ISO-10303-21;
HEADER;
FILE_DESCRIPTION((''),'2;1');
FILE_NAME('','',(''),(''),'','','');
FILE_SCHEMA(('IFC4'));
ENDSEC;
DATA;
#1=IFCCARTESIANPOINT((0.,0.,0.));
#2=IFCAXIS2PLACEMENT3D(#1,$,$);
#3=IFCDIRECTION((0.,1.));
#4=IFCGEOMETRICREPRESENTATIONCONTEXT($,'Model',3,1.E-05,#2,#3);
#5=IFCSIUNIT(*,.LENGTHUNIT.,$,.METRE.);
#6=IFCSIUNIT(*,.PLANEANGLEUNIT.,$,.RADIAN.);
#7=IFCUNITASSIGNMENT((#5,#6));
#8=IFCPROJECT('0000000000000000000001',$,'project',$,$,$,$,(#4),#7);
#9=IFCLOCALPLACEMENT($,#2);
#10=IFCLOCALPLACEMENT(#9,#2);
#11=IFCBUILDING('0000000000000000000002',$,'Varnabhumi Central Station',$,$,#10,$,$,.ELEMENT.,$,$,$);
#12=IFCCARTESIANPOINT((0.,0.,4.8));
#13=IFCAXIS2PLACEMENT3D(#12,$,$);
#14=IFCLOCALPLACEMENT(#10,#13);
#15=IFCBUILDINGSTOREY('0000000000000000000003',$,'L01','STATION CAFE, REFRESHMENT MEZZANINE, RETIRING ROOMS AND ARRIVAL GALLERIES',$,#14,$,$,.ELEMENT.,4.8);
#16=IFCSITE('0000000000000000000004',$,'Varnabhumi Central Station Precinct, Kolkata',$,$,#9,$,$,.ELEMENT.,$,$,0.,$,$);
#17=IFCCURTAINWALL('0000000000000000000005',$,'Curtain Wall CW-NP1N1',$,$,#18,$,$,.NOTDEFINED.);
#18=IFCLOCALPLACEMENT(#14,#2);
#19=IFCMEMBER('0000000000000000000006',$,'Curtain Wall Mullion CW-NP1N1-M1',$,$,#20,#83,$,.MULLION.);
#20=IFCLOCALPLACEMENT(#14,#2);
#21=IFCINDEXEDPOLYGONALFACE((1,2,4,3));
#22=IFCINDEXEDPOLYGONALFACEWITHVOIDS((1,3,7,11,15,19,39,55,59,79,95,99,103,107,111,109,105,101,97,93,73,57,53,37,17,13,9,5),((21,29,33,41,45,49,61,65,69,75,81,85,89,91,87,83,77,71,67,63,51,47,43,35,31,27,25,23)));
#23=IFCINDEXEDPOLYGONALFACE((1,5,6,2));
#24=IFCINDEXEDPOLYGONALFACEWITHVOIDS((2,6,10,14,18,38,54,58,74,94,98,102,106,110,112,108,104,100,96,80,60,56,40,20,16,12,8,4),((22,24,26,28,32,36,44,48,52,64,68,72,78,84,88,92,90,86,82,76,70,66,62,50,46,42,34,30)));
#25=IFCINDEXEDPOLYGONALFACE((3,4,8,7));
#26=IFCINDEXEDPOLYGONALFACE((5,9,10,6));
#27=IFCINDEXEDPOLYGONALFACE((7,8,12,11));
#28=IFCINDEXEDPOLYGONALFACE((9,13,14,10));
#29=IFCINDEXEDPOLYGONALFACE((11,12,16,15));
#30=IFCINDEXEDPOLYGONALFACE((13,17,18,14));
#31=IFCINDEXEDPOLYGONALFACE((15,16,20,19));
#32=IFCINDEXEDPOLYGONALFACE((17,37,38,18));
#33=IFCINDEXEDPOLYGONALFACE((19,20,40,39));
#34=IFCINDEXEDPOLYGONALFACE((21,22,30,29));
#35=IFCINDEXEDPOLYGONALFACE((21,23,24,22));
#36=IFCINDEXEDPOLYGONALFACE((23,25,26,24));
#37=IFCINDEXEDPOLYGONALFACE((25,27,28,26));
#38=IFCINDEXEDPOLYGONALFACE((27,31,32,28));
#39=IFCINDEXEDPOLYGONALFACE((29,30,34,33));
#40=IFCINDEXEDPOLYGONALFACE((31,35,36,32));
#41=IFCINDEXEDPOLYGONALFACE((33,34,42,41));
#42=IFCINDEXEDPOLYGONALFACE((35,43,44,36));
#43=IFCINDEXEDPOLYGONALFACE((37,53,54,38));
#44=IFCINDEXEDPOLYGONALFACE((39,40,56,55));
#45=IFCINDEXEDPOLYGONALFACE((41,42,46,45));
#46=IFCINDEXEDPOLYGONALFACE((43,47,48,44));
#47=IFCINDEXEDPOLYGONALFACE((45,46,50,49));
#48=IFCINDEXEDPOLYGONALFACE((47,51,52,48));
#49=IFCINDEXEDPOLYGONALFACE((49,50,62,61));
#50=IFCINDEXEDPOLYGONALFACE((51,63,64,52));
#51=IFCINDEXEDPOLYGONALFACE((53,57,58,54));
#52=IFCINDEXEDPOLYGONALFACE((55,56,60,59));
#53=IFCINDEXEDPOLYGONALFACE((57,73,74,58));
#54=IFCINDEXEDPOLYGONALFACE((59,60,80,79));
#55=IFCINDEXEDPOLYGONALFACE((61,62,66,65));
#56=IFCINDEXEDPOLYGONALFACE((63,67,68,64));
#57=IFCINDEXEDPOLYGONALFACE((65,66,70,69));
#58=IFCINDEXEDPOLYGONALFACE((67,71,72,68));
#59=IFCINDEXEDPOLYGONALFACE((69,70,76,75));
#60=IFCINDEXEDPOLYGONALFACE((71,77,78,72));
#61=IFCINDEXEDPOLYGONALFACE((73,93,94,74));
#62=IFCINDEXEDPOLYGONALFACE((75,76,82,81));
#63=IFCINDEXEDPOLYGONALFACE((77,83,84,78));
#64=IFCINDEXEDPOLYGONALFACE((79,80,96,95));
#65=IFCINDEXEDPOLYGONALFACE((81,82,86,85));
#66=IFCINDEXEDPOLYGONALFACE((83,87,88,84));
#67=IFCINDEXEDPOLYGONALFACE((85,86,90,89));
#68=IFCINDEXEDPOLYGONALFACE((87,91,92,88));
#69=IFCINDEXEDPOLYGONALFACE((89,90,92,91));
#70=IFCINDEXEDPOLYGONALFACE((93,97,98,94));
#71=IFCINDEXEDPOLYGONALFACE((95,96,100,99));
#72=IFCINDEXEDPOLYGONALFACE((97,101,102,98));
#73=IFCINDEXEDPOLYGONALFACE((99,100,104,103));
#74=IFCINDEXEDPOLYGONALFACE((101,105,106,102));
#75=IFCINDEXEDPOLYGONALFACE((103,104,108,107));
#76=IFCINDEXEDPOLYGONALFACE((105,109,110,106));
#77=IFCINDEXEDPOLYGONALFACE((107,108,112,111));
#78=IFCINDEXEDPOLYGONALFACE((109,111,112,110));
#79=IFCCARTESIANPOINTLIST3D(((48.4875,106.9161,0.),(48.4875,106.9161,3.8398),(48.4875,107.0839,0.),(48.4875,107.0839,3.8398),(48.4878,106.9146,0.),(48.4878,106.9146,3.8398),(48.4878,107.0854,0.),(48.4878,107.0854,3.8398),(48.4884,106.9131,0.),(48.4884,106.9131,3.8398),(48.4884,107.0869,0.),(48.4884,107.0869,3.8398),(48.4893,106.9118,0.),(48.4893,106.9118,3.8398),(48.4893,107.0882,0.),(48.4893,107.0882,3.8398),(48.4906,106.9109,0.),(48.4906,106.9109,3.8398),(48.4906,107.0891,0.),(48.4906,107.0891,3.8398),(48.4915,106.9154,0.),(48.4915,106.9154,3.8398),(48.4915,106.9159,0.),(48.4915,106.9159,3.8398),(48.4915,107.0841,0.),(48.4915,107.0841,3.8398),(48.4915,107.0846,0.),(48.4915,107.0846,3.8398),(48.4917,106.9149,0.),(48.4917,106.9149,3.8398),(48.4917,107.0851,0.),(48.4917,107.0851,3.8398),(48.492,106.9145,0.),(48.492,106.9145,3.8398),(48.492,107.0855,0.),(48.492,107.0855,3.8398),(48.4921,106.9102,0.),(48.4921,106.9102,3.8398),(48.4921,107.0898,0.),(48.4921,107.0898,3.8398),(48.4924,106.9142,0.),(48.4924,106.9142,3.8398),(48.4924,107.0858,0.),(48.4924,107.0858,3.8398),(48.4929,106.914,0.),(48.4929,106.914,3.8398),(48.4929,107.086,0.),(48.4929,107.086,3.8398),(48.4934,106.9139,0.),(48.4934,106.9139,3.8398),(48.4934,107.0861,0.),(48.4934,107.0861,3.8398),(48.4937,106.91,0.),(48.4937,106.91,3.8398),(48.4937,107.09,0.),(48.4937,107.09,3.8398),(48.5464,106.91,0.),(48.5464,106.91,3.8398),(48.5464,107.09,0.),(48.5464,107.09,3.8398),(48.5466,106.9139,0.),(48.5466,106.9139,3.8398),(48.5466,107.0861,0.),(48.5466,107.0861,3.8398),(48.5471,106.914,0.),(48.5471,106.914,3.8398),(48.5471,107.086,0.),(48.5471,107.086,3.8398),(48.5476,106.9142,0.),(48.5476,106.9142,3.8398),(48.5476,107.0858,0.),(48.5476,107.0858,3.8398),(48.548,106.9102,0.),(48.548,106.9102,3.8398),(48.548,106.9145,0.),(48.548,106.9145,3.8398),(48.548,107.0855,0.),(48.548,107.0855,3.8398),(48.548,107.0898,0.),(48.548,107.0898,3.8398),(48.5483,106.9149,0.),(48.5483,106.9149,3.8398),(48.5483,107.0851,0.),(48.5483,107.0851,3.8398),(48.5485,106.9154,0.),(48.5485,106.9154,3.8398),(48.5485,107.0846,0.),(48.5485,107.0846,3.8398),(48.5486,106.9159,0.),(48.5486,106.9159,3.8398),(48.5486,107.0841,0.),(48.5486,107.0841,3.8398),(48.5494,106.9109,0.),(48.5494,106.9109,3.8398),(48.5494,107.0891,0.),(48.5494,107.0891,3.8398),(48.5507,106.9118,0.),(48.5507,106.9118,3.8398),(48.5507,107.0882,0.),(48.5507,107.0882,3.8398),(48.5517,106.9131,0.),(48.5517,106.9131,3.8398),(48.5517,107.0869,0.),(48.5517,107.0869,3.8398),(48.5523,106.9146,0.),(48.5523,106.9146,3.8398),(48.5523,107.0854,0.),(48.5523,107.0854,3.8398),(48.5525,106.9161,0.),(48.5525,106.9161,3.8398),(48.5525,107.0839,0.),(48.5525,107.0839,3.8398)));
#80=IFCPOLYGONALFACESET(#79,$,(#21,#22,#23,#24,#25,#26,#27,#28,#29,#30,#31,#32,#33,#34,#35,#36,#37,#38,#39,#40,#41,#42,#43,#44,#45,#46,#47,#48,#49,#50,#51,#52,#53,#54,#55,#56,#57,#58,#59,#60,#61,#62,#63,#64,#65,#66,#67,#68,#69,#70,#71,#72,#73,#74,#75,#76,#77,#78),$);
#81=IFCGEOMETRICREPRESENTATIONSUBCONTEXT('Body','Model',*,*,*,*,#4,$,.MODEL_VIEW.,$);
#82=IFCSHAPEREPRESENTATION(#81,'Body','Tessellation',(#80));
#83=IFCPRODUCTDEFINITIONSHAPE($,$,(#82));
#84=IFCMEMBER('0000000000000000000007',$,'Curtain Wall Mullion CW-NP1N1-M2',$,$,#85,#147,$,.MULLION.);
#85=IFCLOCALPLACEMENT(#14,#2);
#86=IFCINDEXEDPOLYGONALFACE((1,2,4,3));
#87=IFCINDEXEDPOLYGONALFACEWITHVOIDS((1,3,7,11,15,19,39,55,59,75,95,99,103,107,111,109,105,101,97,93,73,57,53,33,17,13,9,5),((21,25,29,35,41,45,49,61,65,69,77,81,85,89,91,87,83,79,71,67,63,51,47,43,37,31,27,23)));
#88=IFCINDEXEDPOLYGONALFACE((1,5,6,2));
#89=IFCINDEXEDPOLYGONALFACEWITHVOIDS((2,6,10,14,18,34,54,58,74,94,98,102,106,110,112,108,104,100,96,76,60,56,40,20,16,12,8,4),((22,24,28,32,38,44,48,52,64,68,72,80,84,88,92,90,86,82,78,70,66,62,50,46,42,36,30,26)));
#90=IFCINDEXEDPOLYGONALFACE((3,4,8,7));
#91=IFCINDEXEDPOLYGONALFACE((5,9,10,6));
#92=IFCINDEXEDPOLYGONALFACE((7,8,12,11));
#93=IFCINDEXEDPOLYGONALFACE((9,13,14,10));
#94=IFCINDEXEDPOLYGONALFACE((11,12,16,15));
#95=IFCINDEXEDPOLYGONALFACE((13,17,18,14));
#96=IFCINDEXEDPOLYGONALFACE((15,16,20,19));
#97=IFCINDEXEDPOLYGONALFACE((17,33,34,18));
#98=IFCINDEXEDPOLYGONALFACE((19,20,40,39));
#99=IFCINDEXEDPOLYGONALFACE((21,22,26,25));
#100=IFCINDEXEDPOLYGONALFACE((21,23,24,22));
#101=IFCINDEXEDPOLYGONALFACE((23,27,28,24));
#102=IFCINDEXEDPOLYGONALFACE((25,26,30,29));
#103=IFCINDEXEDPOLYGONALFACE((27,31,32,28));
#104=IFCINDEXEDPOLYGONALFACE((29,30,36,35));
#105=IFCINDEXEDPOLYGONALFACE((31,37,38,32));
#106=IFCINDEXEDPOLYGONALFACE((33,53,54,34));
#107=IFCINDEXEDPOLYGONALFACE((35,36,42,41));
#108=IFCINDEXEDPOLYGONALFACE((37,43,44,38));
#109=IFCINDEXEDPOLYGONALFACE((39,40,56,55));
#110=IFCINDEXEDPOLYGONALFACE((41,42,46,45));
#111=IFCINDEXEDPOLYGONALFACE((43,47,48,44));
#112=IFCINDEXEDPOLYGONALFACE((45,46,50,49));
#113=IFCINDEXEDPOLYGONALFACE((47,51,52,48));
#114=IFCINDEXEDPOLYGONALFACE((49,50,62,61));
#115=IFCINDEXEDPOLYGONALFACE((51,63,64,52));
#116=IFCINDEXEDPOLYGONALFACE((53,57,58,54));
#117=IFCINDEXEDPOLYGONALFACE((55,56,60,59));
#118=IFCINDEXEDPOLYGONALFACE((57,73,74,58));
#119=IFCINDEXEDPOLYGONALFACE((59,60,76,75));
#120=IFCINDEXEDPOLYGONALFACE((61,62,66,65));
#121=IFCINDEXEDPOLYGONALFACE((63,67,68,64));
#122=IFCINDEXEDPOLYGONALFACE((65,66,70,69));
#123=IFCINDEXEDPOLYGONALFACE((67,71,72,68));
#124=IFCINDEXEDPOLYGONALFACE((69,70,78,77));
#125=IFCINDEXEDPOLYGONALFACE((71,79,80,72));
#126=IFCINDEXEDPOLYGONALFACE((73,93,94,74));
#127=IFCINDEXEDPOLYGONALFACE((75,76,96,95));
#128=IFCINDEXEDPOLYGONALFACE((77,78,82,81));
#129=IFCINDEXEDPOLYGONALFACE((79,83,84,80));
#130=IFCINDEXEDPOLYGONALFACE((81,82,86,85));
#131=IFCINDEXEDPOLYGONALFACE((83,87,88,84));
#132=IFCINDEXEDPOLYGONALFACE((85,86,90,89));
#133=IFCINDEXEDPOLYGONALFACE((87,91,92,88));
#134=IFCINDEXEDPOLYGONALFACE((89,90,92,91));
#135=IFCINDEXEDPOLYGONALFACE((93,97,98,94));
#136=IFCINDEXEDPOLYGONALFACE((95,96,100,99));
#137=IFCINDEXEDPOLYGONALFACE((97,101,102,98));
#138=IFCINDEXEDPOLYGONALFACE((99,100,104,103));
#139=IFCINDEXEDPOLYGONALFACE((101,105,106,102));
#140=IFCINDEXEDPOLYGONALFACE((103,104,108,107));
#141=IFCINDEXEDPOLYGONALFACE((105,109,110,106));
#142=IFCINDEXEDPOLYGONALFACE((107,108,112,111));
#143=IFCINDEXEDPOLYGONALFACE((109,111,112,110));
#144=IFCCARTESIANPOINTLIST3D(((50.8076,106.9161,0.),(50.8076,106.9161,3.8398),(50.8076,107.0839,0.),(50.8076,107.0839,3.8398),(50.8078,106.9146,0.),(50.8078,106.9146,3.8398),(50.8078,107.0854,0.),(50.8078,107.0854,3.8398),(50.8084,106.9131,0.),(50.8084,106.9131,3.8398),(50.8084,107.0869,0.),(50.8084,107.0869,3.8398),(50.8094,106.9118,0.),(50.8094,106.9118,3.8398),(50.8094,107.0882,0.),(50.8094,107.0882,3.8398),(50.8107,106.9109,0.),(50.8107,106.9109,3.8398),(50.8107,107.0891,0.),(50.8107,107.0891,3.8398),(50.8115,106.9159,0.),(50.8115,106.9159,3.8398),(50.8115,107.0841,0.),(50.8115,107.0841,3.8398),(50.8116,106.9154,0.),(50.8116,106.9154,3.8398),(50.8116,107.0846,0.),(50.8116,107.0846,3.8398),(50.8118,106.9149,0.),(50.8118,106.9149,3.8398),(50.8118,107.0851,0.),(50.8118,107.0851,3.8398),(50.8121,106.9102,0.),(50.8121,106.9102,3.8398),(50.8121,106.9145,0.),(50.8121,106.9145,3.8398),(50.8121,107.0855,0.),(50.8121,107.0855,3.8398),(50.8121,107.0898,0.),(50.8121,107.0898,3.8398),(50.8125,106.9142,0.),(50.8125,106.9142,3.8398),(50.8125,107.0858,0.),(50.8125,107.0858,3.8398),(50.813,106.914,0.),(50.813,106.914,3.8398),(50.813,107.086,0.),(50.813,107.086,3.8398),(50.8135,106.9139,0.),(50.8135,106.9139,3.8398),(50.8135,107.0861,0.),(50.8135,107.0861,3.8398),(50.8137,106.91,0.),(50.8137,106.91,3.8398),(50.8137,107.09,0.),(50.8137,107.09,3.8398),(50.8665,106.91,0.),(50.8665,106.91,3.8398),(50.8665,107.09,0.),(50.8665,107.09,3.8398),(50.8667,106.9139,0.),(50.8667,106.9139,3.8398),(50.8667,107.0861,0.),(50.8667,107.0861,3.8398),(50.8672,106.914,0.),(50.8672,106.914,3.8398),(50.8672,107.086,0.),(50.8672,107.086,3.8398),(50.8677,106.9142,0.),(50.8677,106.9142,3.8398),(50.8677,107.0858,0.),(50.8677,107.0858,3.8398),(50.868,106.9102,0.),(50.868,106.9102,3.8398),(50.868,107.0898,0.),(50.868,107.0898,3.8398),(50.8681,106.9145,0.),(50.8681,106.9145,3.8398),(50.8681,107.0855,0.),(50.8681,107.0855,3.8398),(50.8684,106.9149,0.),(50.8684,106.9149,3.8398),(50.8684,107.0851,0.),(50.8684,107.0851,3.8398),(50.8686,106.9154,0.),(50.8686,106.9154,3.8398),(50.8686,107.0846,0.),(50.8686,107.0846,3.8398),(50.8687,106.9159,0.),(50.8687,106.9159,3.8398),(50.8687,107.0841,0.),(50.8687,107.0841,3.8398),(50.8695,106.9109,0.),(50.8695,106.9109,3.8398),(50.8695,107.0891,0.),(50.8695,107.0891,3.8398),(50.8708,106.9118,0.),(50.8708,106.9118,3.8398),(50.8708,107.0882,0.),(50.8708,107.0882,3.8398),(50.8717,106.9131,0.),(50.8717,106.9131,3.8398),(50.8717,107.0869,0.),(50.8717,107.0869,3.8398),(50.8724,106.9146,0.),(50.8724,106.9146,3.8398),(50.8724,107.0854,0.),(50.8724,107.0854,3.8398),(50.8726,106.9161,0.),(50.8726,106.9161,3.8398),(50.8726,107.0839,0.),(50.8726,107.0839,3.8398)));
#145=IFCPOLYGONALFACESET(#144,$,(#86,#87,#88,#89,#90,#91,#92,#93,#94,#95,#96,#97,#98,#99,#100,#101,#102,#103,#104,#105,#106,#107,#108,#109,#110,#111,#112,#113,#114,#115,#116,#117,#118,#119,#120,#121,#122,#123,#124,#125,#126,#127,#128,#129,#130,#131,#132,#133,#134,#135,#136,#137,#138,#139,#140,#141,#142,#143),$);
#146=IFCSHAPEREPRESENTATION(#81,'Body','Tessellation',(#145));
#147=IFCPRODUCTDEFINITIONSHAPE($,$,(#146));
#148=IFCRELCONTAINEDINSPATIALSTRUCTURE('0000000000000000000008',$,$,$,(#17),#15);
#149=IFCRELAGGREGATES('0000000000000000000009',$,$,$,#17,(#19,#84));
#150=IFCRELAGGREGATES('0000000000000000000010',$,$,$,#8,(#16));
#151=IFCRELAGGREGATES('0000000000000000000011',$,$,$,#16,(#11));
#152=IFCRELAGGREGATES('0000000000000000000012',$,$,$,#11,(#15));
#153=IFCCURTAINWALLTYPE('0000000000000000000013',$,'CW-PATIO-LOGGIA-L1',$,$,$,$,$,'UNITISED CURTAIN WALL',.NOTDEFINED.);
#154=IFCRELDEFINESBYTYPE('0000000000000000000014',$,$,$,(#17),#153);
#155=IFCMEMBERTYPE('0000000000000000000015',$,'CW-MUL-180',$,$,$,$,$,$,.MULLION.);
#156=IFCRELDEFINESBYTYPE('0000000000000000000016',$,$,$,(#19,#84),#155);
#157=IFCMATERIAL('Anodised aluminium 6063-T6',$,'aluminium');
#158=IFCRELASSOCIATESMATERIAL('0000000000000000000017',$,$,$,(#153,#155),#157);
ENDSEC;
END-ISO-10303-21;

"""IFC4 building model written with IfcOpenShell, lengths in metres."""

from ifc_helpers import new_model, si_unit, direction, frame, origin, origin_2d, place, context, subcontext, project, spatial, hollow_rectangle, extrude, material, material_profile, profile_set, type_object, element, aggregate, save


model = new_model("IFC4")

# Units and contexts
model_context = context("Model", 3, precision=1e-05, world=origin(), true_north=direction((0.0, 1.0)))
body_context = subcontext(model_context, "Body", "Model", "MODEL_VIEW")
ifc_project = project(units=[si_unit("LENGTHUNIT", "METRE"), si_unit("PLANEANGLEUNIT", "RADIAN")], contexts=[model_context])

# Site, building, storey
site_placement = place(None, origin())
site = spatial("IfcSite", under=ifc_project, at=site_placement, Name="Varnabhumi Central Station Precinct, Kolkata", CompositionType="ELEMENT", RefElevation=0.0)
building_placement = place(site_placement, origin())
building = spatial("IfcBuilding", under=site, at=building_placement, Name="Varnabhumi Central Station", CompositionType="ELEMENT")
storey_placement = place(building_placement, frame((0.0, 0.0, 4.8)))
storey = spatial("IfcBuildingStorey", under=building, at=storey_placement, Name="L01", Description="STATION CAFE, REFRESHMENT MEZZANINE, RETIRING ROOMS AND ARRIVAL GALLERIES", CompositionType="ELEMENT", Elevation=4.8)

# Curtain wall, members
ifc_material_1 = material(Name="Anodised aluminium 6063-T6", Category="aluminium")
curtain_wall_type = type_object("IfcCurtainWallType", Name="CW-PATIO-LOGGIA-L1", ElementType="UNITISED CURTAIN WALL", PredefinedType="NOTDEFINED", material=ifc_material_1)
ifc_material_profile_1 = material_profile(ifc_material_1, hollow_rectangle(XDim=0.0649, YDim=0.1799, WallThickness=0.0039, InnerFilletRadius=0.002, OuterFilletRadius=0.0061, at=origin_2d()), Name="Anodised aluminium 6063-T6", Category="aluminium")
ifc_profile_set_1 = profile_set([ifc_material_profile_1], Name="Anodised aluminium 6063-T6")
member_type_1 = type_object("IfcMemberType", Name="CW-MUL-180", PredefinedType="MULLION", material=ifc_profile_set_1)
curtain_wall_1_placement = place(storey_placement, origin())
curtain_wall_1 = element("IfcCurtainWall", 1, at=curtain_wall_1_placement, inside=storey, type_object=curtain_wall_type, Name="Curtain Wall CW-NP1N1", PredefinedType="NOTDEFINED")
member_1_placement = place(storey_placement, frame((48.52, 107.0, 0.0), z_axis=(0.0, 0.0, 1.0), x_axis=(1.0, 0.0, 0.0)))
member_1 = element("IfcMember", 2, at=member_1_placement, type_object=member_type_1, Name="Curtain Wall Mullion CW-NP1N1-M1", PredefinedType="MULLION", context=body_context, shape_type="SweptSolid", body=[
    extrude(hollow_rectangle(XDim=0.0649, YDim=0.1799, WallThickness=0.0039, InnerFilletRadius=0.002, OuterFilletRadius=0.0061, at=origin_2d()), origin(), (0.0, 0.0, 1.0), 3.8398),
])
member_2_placement = place(storey_placement, frame((50.8401, 107.0, 0.0), z_axis=(0.0, 0.0, 1.0), x_axis=(1.0, 0.0, 0.0)))
member_2 = element("IfcMember", 3, at=member_2_placement, type_object=member_type_1, Name="Curtain Wall Mullion CW-NP1N1-M2", PredefinedType="MULLION", context=body_context, shape_type="SweptSolid", body=[
    extrude(hollow_rectangle(XDim=0.0649, YDim=0.1799, WallThickness=0.0039, InnerFilletRadius=0.002, OuterFilletRadius=0.0061, at=origin_2d()), origin(), (0.0, 0.0, 1.0), 3.8398),
])

aggregate(curtain_wall_1, [member_1, member_2])

save(model, "model.ifc")
